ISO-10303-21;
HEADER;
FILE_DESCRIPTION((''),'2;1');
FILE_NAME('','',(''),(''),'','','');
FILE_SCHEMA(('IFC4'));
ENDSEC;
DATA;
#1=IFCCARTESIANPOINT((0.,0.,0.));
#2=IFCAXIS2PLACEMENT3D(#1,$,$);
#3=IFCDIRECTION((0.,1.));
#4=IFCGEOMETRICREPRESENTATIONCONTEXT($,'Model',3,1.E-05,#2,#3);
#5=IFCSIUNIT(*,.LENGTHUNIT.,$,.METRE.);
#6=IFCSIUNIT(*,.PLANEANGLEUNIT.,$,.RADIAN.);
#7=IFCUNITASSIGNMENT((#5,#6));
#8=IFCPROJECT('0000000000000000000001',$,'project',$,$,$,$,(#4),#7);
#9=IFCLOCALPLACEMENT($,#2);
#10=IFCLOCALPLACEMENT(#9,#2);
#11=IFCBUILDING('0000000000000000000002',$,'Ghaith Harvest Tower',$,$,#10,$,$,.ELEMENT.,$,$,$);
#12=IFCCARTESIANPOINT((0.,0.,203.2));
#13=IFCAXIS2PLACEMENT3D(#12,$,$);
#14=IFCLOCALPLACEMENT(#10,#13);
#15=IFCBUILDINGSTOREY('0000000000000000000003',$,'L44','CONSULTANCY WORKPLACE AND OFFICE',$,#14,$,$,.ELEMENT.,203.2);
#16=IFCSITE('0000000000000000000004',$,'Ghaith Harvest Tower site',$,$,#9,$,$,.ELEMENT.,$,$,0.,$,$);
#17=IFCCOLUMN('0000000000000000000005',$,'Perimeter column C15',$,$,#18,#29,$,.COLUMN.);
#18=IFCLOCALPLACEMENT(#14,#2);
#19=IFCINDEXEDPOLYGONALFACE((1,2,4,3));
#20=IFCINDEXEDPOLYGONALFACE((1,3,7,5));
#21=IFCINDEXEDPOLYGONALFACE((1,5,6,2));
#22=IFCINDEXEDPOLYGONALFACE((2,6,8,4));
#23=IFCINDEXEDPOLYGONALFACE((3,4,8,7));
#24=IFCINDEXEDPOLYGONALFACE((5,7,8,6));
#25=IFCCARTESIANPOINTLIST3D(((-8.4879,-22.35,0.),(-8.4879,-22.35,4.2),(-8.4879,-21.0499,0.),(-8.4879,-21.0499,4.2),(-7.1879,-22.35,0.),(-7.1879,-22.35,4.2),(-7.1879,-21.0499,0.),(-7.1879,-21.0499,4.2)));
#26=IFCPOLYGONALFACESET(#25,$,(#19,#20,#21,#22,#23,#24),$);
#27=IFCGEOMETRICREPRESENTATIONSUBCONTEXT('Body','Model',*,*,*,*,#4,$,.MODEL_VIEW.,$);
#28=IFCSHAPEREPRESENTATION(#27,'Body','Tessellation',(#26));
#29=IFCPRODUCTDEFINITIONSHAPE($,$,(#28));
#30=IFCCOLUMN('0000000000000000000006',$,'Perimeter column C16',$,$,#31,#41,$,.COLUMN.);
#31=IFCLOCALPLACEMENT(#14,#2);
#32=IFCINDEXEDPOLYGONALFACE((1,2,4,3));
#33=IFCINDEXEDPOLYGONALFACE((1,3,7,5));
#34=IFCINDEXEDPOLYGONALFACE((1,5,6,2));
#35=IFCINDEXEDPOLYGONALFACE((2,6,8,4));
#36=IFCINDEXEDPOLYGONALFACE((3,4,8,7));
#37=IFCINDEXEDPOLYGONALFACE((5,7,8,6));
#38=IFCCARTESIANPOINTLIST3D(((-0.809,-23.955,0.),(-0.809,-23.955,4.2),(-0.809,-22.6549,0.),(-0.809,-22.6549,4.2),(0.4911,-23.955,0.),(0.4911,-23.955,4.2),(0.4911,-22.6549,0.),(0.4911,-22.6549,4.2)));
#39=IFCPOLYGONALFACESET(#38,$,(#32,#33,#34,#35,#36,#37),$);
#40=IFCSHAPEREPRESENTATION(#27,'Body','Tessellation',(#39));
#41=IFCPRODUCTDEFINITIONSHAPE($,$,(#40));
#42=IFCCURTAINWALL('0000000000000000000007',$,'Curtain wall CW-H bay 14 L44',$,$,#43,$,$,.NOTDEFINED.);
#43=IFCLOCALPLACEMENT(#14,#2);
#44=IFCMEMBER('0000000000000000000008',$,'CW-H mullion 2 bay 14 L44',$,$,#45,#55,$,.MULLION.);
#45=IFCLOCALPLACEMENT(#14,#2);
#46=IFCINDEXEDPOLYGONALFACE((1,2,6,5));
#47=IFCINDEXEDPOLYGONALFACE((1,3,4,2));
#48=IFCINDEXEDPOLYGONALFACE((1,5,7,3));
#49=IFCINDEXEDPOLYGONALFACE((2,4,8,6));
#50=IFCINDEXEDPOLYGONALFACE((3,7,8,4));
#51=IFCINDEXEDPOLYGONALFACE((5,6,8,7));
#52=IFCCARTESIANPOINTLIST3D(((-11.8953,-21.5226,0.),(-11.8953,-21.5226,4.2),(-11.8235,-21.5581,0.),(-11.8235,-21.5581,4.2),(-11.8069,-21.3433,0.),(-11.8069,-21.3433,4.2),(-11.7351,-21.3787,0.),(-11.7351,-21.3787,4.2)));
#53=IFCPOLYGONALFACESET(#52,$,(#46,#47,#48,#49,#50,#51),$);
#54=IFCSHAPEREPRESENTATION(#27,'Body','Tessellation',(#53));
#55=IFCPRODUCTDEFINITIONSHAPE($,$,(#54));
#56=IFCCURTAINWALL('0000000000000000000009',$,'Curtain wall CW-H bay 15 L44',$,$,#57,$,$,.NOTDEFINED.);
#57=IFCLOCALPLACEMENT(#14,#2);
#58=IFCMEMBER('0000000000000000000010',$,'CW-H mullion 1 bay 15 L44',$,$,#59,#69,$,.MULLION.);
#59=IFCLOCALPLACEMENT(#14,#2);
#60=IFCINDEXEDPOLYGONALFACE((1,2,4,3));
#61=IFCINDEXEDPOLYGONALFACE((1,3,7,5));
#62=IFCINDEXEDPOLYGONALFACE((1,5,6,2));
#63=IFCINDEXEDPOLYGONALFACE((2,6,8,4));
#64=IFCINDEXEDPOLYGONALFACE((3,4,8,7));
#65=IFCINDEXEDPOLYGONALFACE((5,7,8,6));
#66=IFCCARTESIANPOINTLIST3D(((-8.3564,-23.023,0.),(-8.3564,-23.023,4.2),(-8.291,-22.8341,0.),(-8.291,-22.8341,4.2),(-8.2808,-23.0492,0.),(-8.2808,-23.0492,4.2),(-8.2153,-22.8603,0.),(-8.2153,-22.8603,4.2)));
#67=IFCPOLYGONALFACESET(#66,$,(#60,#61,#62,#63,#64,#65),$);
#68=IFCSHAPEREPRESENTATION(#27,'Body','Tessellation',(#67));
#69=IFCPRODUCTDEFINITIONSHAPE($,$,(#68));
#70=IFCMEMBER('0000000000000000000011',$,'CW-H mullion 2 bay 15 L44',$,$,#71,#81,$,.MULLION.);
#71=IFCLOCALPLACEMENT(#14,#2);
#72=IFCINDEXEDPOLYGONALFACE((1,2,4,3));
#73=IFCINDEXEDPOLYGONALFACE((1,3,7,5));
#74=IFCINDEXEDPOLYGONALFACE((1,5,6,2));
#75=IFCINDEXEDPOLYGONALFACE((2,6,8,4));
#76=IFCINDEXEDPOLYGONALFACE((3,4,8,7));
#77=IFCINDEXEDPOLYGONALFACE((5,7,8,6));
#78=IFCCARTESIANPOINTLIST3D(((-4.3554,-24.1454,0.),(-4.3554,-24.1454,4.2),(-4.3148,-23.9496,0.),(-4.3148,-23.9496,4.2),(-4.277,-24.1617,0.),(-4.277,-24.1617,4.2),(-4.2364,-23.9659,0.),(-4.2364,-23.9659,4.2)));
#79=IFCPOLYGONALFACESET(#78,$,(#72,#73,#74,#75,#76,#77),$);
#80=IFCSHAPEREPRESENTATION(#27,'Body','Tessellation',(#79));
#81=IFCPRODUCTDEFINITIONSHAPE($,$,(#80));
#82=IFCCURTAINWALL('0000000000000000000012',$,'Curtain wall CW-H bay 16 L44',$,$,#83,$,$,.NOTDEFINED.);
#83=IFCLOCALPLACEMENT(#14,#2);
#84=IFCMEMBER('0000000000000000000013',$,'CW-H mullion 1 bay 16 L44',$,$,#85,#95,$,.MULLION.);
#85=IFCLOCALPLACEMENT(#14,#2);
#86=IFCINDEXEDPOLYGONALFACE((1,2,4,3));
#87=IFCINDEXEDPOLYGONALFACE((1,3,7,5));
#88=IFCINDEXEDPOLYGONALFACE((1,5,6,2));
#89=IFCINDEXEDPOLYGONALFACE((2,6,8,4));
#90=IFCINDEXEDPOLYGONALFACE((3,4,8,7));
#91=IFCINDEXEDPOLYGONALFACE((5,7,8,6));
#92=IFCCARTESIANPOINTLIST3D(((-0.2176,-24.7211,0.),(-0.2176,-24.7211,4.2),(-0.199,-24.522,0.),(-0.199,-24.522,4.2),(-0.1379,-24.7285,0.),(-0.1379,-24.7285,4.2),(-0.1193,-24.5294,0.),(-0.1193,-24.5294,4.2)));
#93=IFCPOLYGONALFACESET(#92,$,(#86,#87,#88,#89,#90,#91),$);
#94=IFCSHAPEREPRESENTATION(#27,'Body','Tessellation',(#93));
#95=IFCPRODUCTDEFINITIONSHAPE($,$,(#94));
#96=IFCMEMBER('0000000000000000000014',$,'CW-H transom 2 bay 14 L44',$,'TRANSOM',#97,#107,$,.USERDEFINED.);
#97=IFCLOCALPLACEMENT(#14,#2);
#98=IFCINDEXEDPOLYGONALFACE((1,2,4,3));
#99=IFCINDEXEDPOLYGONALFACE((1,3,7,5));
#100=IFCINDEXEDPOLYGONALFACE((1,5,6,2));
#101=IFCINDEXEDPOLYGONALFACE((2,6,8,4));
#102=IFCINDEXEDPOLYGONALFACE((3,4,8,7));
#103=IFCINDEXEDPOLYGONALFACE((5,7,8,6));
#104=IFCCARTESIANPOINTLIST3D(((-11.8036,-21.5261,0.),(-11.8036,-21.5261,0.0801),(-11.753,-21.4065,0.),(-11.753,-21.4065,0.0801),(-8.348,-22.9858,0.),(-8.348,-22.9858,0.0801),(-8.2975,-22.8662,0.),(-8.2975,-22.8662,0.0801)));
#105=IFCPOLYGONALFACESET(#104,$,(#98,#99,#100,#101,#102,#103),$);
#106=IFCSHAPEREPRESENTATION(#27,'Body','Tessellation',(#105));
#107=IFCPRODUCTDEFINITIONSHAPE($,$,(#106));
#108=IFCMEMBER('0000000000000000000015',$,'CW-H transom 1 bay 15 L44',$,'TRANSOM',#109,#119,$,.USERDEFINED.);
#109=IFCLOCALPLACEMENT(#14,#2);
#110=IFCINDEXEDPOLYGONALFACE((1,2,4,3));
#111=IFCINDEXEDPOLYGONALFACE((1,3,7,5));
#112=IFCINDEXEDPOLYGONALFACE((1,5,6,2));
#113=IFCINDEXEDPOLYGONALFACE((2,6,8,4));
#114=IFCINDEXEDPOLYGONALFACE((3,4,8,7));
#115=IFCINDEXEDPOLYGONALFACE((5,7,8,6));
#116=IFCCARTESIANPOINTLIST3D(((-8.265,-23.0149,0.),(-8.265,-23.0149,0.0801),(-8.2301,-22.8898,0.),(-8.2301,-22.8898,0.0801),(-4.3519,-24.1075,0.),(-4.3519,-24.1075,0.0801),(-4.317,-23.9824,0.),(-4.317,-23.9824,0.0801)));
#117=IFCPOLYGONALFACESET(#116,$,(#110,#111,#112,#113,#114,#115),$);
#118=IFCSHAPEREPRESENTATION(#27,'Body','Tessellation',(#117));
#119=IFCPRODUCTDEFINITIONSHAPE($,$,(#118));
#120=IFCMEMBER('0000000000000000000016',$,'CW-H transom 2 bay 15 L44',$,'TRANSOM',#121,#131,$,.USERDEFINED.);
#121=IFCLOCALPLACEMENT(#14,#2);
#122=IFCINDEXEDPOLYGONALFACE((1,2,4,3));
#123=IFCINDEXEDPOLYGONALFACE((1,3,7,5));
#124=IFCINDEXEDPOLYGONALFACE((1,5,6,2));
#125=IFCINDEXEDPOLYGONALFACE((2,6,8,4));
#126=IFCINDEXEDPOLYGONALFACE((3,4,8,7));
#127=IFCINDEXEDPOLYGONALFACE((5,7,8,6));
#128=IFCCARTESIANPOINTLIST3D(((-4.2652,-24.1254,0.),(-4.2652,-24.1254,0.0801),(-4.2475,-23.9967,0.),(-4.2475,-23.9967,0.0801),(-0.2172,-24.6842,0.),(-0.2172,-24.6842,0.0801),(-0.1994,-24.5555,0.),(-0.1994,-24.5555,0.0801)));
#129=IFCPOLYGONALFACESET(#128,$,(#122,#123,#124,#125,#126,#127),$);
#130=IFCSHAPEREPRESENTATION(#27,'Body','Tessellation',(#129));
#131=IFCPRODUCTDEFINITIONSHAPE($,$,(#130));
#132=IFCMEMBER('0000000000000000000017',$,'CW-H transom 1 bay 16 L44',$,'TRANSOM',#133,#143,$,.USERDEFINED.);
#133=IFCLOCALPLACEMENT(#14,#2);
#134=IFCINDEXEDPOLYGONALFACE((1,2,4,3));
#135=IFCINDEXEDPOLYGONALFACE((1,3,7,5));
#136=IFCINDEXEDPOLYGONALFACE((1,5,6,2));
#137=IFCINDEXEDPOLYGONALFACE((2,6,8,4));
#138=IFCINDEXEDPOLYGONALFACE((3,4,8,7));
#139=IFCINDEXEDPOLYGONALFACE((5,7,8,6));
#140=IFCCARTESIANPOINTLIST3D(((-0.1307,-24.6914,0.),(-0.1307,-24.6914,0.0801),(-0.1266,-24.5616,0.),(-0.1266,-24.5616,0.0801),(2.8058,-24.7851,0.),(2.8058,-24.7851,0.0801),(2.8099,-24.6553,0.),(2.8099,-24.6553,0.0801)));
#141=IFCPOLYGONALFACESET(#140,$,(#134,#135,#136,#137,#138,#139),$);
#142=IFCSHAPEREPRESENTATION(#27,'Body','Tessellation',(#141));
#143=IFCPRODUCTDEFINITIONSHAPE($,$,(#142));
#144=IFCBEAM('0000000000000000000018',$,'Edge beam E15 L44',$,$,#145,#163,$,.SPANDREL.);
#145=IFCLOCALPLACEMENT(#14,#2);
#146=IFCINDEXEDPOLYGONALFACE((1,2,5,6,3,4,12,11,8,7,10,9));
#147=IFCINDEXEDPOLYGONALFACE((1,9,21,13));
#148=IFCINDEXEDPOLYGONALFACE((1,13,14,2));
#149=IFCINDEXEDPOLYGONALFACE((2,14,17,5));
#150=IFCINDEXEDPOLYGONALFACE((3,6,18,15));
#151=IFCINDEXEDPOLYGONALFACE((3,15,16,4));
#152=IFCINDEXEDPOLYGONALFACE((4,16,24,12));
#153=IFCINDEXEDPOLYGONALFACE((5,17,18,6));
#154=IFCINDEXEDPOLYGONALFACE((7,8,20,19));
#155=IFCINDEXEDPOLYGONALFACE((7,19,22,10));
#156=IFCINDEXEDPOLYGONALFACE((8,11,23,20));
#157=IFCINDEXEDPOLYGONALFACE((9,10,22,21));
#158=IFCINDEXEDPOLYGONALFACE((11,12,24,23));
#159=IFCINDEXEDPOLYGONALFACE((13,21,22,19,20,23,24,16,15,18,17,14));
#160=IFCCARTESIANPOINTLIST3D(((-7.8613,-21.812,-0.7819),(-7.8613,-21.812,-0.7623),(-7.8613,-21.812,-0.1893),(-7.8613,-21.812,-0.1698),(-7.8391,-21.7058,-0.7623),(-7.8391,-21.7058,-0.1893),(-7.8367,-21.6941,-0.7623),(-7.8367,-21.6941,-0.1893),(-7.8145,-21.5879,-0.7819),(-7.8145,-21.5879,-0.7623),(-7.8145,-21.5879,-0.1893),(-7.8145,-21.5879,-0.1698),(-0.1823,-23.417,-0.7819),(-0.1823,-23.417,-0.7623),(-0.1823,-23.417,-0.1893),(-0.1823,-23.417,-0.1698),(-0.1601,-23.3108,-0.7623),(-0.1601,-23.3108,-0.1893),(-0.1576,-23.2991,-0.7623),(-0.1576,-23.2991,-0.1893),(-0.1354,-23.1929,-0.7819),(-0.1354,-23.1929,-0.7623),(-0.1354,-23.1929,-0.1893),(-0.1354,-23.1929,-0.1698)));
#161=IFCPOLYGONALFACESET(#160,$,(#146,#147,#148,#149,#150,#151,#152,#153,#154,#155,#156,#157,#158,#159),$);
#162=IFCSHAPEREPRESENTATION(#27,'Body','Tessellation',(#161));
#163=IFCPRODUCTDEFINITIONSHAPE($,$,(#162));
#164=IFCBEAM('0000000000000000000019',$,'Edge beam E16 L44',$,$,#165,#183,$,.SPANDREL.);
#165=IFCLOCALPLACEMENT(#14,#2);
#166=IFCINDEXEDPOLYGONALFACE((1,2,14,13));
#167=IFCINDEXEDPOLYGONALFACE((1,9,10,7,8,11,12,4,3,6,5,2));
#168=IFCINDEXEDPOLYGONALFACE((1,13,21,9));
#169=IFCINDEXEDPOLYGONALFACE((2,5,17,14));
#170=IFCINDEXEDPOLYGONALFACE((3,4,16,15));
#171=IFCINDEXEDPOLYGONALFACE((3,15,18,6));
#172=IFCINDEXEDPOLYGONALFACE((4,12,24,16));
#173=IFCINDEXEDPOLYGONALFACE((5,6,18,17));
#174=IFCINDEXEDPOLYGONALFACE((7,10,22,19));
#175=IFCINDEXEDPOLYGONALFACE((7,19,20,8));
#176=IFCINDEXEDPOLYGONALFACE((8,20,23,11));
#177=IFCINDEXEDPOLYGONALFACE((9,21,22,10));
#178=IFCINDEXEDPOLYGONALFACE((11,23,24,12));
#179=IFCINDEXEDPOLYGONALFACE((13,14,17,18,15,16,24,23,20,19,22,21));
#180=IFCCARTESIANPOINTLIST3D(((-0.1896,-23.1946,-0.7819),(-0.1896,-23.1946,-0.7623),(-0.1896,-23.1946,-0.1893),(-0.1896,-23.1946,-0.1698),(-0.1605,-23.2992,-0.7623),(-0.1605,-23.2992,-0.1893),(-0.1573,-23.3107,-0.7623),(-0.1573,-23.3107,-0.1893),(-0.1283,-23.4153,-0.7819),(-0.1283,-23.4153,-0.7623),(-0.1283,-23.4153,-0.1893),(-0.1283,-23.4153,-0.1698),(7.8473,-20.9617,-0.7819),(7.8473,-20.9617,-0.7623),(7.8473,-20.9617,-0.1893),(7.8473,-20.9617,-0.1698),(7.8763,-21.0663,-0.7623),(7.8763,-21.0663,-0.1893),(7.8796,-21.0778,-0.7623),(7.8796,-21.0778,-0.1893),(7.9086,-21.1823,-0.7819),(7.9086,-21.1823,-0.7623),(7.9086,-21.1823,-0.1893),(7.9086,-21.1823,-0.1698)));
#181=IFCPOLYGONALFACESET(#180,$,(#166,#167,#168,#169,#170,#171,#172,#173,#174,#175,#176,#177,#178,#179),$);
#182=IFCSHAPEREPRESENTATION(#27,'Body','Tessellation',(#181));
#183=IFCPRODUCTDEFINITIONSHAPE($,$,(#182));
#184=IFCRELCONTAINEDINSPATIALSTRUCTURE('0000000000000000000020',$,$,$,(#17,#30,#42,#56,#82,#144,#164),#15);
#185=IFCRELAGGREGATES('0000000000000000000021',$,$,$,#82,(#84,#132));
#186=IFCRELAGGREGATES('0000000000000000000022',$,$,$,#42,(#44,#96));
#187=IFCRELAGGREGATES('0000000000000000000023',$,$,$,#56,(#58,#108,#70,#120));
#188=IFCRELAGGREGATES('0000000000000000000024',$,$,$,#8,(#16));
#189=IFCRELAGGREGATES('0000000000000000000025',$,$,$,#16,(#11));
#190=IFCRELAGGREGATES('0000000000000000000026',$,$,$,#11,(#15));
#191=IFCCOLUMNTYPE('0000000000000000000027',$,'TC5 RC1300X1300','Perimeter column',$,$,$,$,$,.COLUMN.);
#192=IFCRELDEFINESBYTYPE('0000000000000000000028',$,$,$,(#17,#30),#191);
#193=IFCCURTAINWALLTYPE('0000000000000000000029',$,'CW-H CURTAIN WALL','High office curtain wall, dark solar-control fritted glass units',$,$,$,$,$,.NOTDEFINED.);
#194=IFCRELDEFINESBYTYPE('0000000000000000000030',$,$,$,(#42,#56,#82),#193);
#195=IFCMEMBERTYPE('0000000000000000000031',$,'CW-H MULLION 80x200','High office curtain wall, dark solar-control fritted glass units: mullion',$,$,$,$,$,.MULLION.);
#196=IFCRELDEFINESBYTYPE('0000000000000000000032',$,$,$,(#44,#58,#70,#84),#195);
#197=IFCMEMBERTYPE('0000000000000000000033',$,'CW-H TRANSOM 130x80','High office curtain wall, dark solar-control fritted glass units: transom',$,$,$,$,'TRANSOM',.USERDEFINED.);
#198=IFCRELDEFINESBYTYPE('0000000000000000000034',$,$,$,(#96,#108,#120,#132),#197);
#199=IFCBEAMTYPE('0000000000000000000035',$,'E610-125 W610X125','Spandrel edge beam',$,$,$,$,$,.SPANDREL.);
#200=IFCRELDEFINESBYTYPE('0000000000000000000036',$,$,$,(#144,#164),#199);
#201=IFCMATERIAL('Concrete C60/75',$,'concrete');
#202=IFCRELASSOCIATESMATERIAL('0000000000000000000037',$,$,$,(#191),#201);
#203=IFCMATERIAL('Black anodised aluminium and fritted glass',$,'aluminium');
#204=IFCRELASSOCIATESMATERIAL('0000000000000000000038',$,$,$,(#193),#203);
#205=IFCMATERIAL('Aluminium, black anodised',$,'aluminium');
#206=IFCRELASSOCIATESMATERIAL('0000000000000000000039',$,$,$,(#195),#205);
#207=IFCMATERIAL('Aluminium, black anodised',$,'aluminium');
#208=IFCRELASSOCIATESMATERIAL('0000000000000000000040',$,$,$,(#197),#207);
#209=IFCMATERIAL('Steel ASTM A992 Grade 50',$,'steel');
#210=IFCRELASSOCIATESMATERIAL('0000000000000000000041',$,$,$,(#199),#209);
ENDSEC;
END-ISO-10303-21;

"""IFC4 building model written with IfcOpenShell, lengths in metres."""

from ifc_helpers import new_model, si_unit, direction, frame, origin, origin_2d, place, context, subcontext, project, spatial, rectangle, i_section, extrude, material, material_profile, profile_set, type_object, element, aggregate, save


model = new_model("IFC4")

# Units and contexts
model_context = context("Model", 3, precision=1e-05, world=origin(), true_north=direction((0.0, 1.0)))
body_context = subcontext(model_context, "Body", "Model", "MODEL_VIEW")
ifc_project = project(units=[si_unit("LENGTHUNIT", "METRE"), si_unit("PLANEANGLEUNIT", "RADIAN")], contexts=[model_context])

# Site, building, storey
site_placement = place(None, origin())
site = spatial("IfcSite", under=ifc_project, at=site_placement, Name="Ghaith Harvest Tower site", CompositionType="ELEMENT", RefElevation=0.0)
building_placement = place(site_placement, origin())
building = spatial("IfcBuilding", under=site, at=building_placement, Name="Ghaith Harvest Tower", CompositionType="ELEMENT")
storey_placement = place(building_placement, frame((0.0, 0.0, 203.2)))
storey = spatial("IfcBuildingStorey", under=building, at=storey_placement, Name="L44", Description="CONSULTANCY WORKPLACE AND OFFICE", CompositionType="ELEMENT", Elevation=203.2)

# Columns
ifc_material_1 = material(Name="Concrete C60/75", Category="concrete")
ifc_material_profile_1 = material_profile(ifc_material_1, rectangle(XDim=1.3, YDim=1.3, at=origin_2d()), Name="RC1300X1300")
ifc_profile_set_1 = profile_set([ifc_material_profile_1], Name="Concrete C60/75")
column_type = type_object("IfcColumnType", Name="TC5 RC1300X1300", Description="Perimeter column", PredefinedType="COLUMN", material=ifc_profile_set_1)
for number, where, z_axis, x_axis, name in (
    (1, (-7.8379, -21.7, 0.0), (0.0, 0.0, 1.0), (1.0, 0.0, 0.0), "Perimeter column C15"),
    (2, (-0.1589, -23.3049, 0.0), (0.0, 0.0, 1.0), (1.0, 0.0, 0.0), "Perimeter column C16"),
):
    element("IfcColumn", number, at=place(storey_placement, frame(where, z_axis=z_axis, x_axis=x_axis)), inside=storey, type_object=column_type, Name=name, PredefinedType="COLUMN", context=body_context, shape_type="SweptSolid", body=[
        extrude(rectangle(XDim=1.3, YDim=1.3, at=origin_2d()), origin(), (0.0, 0.0, 1.0), 4.2),
    ])

# Curtain wall, member
ifc_material_2 = material(Name="Black anodised aluminium and fritted glass", Category="aluminium")
curtain_wall_type = type_object("IfcCurtainWallType", Name="CW-H CURTAIN WALL", Description="High office curtain wall, dark solar-control fritted glass units", PredefinedType="NOTDEFINED", material=ifc_material_2)
curtain_wall_1_placement = place(storey_placement, origin())
curtain_wall_1 = element("IfcCurtainWall", 3, at=curtain_wall_1_placement, inside=storey, type_object=curtain_wall_type, Name="Curtain wall CW-H bay 14 L44", PredefinedType="NOTDEFINED")
ifc_material_3 = material(Name="Aluminium, black anodised", Category="aluminium")
ifc_material_profile_2 = material_profile(ifc_material_3, rectangle(XDim=0.0801, YDim=0.2, at=origin_2d()), Name="CW-H MULLION 80x200")
ifc_profile_set_2 = profile_set([ifc_material_profile_2], Name="Aluminium, black anodised")
member_type_1 = type_object("IfcMemberType", Name="CW-H MULLION 80x200", Description="High office curtain wall, dark solar-control fritted glass units: mullion", PredefinedType="MULLION", material=ifc_profile_set_2)
member_1_placement = place(storey_placement, frame((-11.8152, -21.4507, 0.0), z_axis=(0.0, 0.0, 1.0), x_axis=(0.896853, -0.442329, 0.0)))
member_1 = element("IfcMember", 4, at=member_1_placement, type_object=member_type_1, Name="CW-H mullion 2 bay 14 L44", PredefinedType="MULLION", context=body_context, shape_type="SweptSolid", body=[
    extrude(rectangle(XDim=0.0801, YDim=0.2, at=origin_2d()), origin(), (0.0, 0.0, 1.0), 4.2),
])

# Curtain wall, members
curtain_wall_2_placement = place(storey_placement, origin())
curtain_wall_2 = element("IfcCurtainWall", 5, at=curtain_wall_2_placement, inside=storey, type_object=curtain_wall_type, Name="Curtain wall CW-H bay 15 L44", PredefinedType="NOTDEFINED")
member_2_placement = place(storey_placement, frame((-8.2859, -22.9417, 0.0), z_axis=(0.0, 0.0, 1.0), x_axis=(0.944906, -0.327342, 0.0)))
member_2 = element("IfcMember", 6, at=member_2_placement, type_object=member_type_1, Name="CW-H mullion 1 bay 15 L44", PredefinedType="MULLION", context=body_context, shape_type="SweptSolid", body=[
    extrude(rectangle(XDim=0.0801, YDim=0.2, at=origin_2d()), origin(), (0.0, 0.0, 1.0), 4.2),
])
member_3_placement = place(storey_placement, frame((-4.2959, -24.0557, 0.0), z_axis=(0.0, 0.0, 1.0), x_axis=(0.979161, -0.203084, 0.0)))
member_3 = element("IfcMember", 7, at=member_3_placement, type_object=member_type_1, Name="CW-H mullion 2 bay 15 L44", PredefinedType="MULLION", context=body_context, shape_type="SweptSolid", body=[
    extrude(rectangle(XDim=0.0801, YDim=0.2, at=origin_2d()), origin(), (0.0, 0.0, 1.0), 4.2),
])

# Curtain wall, member
curtain_wall_3_placement = place(storey_placement, origin())
curtain_wall_3 = element("IfcCurtainWall", 8, at=curtain_wall_3_placement, inside=storey, type_object=curtain_wall_type, Name="Curtain wall CW-H bay 16 L44", PredefinedType="NOTDEFINED")
member_4_placement = place(storey_placement, frame((-0.1685, -24.6252, 0.0), z_axis=(0.0, 0.0, 1.0), x_axis=(0.995685, -0.092802, 0.0)))
member_4 = element("IfcMember", 9, at=member_4_placement, type_object=member_type_1, Name="CW-H mullion 1 bay 16 L44", PredefinedType="MULLION", context=body_context, shape_type="SweptSolid", body=[
    extrude(rectangle(XDim=0.0801, YDim=0.2, at=origin_2d()), origin(), (0.0, 0.0, 1.0), 4.2),
])

# Members
ifc_material_4 = material(Name="Aluminium, black anodised", Category="aluminium")
ifc_material_profile_3 = material_profile(ifc_material_4, rectangle(XDim=0.1299, YDim=0.0801, at=origin_2d()), Name="CW-H TRANSOM 130x80")
ifc_profile_set_3 = profile_set([ifc_material_profile_3], Name="Aluminium, black anodised")
member_type_2 = type_object("IfcMemberType", Name="CW-H TRANSOM 130x80", Description="High office curtain wall, dark solar-control fritted glass units: transom", ElementType="TRANSOM", PredefinedType="USERDEFINED", material=ifc_profile_set_3)
member_5_placement = place(storey_placement, frame((-11.7783, -21.4663, 0.04), z_axis=(0.921183, -0.38913, 0.0), x_axis=(0.38913, 0.921183, 0.0)))
member_5 = element("IfcMember", 10, at=member_5_placement, type_object=member_type_2, Name="CW-H transom 2 bay 14 L44", ObjectType="TRANSOM", PredefinedType="USERDEFINED", context=body_context, shape_type="SweptSolid", body=[
    extrude(rectangle(XDim=0.1299, YDim=0.0801, at=origin_2d()), origin(), (0.0, 0.0, 1.0), 3.7512),
])
member_6_placement = place(storey_placement, frame((-8.2476, -22.9524, 0.04), z_axis=(0.963164, -0.268914, 0.0), x_axis=(0.268914, 0.963164, 0.0)))
member_6 = element("IfcMember", 11, at=member_6_placement, type_object=member_type_2, Name="CW-H transom 1 bay 15 L44", ObjectType="TRANSOM", PredefinedType="USERDEFINED", context=body_context, shape_type="SweptSolid", body=[
    extrude(rectangle(XDim=0.1299, YDim=0.0801, at=origin_2d()), origin(), (0.0, 0.0, 1.0), 4.0627),
])
member_7_placement = place(storey_placement, frame((-4.2563, -24.061, 0.04), z_axis=(0.990605, -0.136753, 0.0), x_axis=(0.136753, 0.990605, 0.0)))
member_7 = element("IfcMember", 12, at=member_7_placement, type_object=member_type_2, Name="CW-H transom 2 bay 15 L44", ObjectType="TRANSOM", PredefinedType="USERDEFINED", context=body_context, shape_type="SweptSolid", body=[
    extrude(rectangle(XDim=0.1299, YDim=0.0801, at=origin_2d()), origin(), (0.0, 0.0, 1.0), 4.0864),
])
member_8_placement = place(storey_placement, frame((-0.1287, -24.6265, 0.04), z_axis=(0.999491, -0.031909, 0.0), x_axis=(0.031909, 0.999491, 0.0)))
member_8 = element("IfcMember", 13, at=member_8_placement, type_object=member_type_2, Name="CW-H transom 1 bay 16 L44", ObjectType="TRANSOM", PredefinedType="USERDEFINED", context=body_context, shape_type="SweptSolid", body=[
    extrude(rectangle(XDim=0.1299, YDim=0.0801, at=origin_2d()), origin(), (0.0, 0.0, 1.0), 2.938),
])
aggregate(curtain_wall_3, [member_4, member_8])

# Beams
ifc_material_5 = material(Name="Steel ASTM A992 Grade 50", Category="steel")
ifc_material_profile_4 = material_profile(ifc_material_5, i_section(OverallWidth=0.229, OverallDepth=0.6121, WebThickness=0.012, FlangeThickness=0.0195, at=origin_2d()), Name="W610X125")
ifc_profile_set_4 = profile_set([ifc_material_profile_4], Name="Steel ASTM A992 Grade 50")
beam_type = type_object("IfcBeamType", Name="E610-125 W610X125", Description="Spandrel edge beam", PredefinedType="SPANDREL", material=ifc_profile_set_4)
beam_1_placement = place(storey_placement, frame((-7.8379, -21.7, -0.4758), z_axis=(0.978848, -0.204589, 0.0), x_axis=(0.204589, 0.978848, 0.0)))
element("IfcBeam", 14, at=beam_1_placement, inside=storey, type_object=beam_type, Name="Edge beam E15 L44", PredefinedType="SPANDREL", context=body_context, shape_type="SweptSolid", body=[
    extrude(i_section(OverallWidth=0.229, OverallDepth=0.6121, WebThickness=0.012, FlangeThickness=0.0195, at=origin_2d()), origin(), (0.0, 0.0, 1.0), 7.845),
])
beam_2_placement = place(storey_placement, frame((-0.1589, -23.3049, -0.4758), z_axis=(0.963504, 0.267694, 0.0), x_axis=(-0.267694, 0.963504, 0.0)))
element("IfcBeam", 15, at=beam_2_placement, inside=storey, type_object=beam_type, Name="Edge beam E16 L44", PredefinedType="SPANDREL", context=body_context, shape_type="SweptSolid", body=[
    extrude(i_section(OverallWidth=0.229, OverallDepth=0.6121, WebThickness=0.012, FlangeThickness=0.0195, at=origin_2d()), origin(), (0.0, 0.0, 1.0), 8.3413),
])

aggregate(curtain_wall_1, [member_1, member_5])
aggregate(curtain_wall_2, [member_2, member_6, member_3, member_7])

save(model, "model.ifc")
